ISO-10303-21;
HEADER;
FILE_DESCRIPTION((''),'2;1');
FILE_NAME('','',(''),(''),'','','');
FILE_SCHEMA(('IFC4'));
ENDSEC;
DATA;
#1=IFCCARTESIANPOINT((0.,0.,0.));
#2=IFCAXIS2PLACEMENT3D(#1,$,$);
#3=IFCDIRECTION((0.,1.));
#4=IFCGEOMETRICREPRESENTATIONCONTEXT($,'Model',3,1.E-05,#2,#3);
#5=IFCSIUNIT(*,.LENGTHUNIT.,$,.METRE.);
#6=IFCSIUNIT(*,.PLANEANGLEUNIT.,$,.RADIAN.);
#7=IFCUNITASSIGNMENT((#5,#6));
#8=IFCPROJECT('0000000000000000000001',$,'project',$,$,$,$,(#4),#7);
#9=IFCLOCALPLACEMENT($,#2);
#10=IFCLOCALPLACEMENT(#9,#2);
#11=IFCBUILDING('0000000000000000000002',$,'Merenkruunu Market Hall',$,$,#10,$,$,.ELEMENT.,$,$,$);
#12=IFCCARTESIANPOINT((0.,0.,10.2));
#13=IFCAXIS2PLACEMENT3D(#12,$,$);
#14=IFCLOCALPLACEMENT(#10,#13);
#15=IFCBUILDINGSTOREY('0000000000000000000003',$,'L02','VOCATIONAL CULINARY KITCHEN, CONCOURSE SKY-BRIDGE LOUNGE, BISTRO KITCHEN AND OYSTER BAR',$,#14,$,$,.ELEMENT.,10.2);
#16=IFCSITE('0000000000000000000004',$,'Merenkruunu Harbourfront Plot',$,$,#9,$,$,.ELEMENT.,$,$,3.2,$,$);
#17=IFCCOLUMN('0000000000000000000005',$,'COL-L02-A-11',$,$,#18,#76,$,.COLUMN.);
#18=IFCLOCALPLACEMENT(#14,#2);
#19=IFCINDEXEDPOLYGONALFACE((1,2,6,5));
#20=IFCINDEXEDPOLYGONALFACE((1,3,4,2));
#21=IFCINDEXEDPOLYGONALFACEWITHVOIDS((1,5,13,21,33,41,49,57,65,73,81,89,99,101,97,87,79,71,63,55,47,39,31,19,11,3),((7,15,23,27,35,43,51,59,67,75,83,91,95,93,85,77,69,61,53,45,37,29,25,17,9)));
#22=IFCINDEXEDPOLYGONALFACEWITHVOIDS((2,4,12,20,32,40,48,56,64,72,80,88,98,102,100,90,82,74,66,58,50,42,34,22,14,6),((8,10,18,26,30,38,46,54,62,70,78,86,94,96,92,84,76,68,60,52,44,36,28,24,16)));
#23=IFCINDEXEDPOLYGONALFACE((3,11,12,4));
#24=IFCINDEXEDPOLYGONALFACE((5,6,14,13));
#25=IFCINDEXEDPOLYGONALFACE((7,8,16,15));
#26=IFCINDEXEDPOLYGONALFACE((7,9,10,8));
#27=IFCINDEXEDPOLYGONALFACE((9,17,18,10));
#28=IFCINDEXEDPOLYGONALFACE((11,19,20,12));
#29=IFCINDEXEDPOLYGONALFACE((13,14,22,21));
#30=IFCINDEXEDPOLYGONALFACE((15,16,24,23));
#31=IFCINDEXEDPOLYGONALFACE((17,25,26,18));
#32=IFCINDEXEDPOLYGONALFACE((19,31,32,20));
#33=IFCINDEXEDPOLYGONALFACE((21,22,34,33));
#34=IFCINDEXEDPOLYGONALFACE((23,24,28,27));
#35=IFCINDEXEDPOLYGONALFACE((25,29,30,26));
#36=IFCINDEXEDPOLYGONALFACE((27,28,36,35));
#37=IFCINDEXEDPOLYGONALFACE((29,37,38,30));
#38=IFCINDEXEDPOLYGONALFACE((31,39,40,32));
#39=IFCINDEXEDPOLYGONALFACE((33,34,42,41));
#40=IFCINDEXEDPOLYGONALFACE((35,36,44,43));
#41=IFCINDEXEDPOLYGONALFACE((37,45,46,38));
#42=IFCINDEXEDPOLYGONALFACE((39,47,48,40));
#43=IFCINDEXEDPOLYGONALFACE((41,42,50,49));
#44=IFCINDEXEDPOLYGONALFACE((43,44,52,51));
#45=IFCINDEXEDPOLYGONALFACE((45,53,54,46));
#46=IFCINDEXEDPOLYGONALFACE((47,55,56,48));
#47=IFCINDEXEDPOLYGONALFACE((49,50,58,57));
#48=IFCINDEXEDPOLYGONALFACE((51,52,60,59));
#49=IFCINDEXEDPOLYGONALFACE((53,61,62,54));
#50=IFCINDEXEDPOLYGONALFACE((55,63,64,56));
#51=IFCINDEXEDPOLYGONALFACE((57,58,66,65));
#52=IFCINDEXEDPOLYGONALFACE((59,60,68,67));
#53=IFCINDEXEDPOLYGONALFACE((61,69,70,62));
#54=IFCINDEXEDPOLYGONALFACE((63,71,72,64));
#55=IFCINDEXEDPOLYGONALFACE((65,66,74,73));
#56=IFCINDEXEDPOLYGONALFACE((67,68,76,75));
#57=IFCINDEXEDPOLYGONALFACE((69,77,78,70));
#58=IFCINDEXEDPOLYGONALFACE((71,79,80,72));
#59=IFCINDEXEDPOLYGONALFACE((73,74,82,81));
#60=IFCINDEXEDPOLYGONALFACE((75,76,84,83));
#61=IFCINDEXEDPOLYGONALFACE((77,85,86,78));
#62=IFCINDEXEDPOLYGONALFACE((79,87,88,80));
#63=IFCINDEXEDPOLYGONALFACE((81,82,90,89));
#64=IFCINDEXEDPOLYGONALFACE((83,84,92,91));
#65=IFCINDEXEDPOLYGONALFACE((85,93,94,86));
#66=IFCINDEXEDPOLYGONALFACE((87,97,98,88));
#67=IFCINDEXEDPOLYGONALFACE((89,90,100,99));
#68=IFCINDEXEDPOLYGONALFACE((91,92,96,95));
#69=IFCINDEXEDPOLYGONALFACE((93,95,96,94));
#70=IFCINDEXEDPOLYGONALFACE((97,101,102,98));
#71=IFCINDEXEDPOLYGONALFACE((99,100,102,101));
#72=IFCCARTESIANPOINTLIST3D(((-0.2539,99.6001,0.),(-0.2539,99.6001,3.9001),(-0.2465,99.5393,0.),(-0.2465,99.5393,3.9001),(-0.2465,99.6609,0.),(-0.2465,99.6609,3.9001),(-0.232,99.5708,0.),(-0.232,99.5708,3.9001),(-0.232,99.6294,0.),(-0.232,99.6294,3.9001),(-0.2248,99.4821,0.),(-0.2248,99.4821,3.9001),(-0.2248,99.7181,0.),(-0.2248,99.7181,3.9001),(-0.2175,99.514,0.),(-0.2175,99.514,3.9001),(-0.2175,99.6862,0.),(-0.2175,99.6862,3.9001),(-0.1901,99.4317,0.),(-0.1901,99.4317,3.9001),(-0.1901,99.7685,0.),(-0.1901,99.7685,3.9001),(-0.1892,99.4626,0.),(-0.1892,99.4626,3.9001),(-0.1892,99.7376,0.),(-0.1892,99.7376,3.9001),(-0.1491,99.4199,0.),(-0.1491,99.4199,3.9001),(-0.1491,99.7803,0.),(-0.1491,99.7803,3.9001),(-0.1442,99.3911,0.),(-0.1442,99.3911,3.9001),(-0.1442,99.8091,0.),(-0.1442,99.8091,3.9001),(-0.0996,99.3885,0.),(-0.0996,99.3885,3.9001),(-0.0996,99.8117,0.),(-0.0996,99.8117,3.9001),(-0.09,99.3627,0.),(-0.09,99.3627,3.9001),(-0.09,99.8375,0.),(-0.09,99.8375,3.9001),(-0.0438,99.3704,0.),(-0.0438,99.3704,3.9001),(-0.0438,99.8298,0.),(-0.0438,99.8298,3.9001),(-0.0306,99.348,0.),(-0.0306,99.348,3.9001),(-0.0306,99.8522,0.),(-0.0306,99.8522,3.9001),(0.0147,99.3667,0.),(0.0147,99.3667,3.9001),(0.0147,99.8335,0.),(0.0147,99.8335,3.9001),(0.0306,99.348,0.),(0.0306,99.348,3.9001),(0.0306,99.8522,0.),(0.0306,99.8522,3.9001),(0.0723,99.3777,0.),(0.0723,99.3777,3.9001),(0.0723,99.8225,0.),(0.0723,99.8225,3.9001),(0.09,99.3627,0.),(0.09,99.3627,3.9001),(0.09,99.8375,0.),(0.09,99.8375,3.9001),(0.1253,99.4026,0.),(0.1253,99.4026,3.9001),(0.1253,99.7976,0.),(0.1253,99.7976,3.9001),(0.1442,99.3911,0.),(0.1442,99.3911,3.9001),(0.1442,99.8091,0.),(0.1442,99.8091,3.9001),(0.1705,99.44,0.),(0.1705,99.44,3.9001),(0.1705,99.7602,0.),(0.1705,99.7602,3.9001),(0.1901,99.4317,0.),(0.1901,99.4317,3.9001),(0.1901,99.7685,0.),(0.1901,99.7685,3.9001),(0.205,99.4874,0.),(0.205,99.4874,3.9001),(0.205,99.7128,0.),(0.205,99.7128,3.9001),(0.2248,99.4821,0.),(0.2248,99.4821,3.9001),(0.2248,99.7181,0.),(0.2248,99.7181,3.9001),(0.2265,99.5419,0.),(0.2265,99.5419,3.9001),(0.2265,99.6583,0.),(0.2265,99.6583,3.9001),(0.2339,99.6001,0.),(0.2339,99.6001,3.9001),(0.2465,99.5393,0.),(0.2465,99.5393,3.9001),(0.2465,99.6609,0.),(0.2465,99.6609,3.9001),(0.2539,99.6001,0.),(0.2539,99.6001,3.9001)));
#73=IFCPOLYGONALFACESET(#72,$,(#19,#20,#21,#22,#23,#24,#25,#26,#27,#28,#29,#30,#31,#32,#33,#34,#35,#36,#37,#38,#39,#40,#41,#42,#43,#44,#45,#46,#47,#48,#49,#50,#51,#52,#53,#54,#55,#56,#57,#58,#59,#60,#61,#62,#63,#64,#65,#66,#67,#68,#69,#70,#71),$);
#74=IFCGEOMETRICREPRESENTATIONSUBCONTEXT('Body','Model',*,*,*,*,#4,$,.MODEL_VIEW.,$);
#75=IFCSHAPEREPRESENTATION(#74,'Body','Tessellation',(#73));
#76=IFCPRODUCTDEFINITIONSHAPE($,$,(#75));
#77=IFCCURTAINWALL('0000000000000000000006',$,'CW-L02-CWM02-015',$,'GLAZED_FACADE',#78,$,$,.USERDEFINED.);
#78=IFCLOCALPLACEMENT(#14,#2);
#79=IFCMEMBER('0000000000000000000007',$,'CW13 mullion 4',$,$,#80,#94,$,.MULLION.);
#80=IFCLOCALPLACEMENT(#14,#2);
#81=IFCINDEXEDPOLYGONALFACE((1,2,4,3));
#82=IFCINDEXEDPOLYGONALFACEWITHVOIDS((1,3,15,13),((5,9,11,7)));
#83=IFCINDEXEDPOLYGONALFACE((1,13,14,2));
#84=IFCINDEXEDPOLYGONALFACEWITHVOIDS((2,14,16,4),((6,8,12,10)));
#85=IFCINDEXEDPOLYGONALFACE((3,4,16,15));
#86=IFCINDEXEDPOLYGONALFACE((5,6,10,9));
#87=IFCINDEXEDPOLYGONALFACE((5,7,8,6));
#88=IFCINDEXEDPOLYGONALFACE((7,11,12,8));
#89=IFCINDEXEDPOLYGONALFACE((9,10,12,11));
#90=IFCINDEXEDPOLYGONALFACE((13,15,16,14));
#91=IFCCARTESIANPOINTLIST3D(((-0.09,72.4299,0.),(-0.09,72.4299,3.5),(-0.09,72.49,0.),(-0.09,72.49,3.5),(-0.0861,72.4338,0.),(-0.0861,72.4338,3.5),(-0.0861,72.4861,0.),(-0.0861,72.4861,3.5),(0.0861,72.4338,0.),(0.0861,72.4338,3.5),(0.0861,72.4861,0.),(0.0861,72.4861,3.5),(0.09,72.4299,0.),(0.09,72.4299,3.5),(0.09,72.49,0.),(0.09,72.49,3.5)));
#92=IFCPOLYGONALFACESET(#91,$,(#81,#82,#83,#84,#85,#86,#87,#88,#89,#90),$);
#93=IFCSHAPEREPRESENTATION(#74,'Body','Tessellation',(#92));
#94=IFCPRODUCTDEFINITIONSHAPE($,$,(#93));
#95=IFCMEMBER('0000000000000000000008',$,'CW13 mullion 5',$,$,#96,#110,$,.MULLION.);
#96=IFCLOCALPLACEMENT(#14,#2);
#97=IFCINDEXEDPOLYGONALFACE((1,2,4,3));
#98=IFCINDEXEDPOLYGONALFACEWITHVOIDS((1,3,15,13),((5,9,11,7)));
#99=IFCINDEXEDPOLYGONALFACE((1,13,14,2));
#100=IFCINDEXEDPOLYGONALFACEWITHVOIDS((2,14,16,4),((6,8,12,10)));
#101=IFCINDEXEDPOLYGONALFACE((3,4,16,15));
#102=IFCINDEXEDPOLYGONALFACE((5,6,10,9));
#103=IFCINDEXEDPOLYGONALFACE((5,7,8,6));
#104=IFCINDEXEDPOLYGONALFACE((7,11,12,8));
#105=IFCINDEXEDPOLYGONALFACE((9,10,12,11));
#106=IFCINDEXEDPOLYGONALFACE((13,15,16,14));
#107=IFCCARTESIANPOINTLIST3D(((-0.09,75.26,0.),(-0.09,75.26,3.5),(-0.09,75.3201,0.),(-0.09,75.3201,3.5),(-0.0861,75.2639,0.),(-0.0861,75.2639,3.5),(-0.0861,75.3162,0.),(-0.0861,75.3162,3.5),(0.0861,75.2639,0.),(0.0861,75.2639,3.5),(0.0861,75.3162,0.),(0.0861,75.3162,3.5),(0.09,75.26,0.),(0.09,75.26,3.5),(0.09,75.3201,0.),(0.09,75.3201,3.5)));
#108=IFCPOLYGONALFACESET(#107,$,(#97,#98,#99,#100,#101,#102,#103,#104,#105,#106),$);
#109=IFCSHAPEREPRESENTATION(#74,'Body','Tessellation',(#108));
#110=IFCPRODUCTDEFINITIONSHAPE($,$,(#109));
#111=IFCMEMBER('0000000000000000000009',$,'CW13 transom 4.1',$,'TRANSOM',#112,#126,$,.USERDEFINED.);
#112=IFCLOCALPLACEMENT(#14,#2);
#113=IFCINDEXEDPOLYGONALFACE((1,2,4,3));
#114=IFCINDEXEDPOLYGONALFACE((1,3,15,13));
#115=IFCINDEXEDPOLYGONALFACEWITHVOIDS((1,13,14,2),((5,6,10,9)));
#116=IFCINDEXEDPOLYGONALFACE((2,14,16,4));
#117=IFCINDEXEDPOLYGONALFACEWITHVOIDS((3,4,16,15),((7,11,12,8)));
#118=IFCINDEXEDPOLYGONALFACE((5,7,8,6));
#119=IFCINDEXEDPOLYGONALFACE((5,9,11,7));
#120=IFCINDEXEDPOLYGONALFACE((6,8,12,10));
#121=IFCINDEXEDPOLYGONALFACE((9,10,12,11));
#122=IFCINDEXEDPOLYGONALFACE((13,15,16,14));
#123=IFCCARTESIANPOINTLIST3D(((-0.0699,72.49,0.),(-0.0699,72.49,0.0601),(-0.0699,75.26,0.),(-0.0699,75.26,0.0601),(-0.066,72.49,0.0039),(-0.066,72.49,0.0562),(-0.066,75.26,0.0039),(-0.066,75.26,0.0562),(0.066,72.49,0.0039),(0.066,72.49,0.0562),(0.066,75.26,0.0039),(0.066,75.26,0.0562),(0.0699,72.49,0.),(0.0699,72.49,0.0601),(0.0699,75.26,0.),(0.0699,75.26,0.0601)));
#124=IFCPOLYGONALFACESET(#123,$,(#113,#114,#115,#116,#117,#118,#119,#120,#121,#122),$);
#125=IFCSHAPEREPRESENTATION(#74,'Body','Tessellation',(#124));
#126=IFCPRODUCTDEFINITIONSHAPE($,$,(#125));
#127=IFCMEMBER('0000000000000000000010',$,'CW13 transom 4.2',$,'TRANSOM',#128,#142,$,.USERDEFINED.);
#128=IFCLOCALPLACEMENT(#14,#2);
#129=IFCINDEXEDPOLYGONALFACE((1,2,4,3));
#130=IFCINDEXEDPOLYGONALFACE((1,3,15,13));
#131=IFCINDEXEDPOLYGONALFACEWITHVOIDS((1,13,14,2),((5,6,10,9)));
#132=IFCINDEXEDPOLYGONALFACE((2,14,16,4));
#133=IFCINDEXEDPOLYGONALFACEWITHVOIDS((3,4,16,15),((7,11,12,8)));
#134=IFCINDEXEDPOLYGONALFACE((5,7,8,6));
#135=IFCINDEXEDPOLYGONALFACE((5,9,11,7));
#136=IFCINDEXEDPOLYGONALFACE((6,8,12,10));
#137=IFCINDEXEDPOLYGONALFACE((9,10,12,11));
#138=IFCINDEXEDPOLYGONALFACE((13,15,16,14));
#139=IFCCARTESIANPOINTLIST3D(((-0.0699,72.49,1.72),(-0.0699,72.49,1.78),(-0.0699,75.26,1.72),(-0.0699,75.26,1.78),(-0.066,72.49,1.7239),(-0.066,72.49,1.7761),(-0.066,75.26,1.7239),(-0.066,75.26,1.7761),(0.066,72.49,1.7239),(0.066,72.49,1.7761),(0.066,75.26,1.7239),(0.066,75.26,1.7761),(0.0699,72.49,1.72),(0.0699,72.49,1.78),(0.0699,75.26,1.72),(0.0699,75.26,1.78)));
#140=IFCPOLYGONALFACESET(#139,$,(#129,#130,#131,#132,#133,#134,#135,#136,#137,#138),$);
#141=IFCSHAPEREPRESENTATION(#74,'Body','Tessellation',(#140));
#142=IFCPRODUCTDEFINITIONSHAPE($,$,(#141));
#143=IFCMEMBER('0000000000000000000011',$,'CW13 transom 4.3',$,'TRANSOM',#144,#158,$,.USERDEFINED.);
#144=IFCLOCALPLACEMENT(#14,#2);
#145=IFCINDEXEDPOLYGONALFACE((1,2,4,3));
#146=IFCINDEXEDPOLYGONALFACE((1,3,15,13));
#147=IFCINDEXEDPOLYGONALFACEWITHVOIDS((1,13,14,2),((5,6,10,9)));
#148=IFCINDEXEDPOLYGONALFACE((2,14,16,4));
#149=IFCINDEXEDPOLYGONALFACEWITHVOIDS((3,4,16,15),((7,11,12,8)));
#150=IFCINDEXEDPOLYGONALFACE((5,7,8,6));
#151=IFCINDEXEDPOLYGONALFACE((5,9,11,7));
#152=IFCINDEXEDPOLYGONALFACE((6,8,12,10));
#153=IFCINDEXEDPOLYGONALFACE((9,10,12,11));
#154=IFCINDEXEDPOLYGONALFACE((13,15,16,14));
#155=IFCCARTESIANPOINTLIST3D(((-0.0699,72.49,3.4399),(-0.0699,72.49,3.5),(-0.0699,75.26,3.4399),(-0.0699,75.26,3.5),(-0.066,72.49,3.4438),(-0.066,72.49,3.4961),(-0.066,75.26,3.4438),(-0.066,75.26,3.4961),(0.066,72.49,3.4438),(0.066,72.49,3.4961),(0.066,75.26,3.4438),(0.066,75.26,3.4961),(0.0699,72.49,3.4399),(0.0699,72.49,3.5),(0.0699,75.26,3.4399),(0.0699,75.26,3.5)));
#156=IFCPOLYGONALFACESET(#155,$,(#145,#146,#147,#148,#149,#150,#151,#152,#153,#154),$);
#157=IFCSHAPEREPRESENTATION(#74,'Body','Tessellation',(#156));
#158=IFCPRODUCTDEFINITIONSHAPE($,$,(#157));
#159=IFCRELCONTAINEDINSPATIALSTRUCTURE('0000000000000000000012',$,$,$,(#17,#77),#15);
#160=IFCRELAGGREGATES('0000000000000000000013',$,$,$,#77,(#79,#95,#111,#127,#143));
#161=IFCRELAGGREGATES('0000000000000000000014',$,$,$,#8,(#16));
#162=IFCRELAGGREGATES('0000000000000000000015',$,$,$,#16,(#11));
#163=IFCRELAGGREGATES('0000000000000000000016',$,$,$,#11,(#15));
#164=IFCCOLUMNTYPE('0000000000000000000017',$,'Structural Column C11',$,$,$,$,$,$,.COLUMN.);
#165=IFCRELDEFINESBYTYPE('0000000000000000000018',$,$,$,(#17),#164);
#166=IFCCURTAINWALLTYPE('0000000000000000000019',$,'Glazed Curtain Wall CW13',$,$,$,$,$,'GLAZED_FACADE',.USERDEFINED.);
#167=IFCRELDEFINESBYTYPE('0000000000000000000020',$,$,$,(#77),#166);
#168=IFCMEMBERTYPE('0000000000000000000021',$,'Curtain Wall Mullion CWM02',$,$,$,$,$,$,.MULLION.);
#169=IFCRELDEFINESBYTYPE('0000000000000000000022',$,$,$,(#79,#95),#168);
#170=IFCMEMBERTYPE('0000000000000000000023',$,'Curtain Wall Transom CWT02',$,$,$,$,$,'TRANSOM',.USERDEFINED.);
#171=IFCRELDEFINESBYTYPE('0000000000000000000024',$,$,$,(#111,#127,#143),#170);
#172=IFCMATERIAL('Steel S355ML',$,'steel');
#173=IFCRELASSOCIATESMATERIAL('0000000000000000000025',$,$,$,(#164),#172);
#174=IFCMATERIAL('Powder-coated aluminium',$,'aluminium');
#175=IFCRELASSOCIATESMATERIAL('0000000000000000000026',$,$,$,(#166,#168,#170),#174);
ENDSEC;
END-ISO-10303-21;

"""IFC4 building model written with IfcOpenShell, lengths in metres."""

from ifc_helpers import new_model, si_unit, direction, frame, origin, origin_2d, place, context, subcontext, project, spatial, hollow_rectangle, hollow_circle, extrude, material, material_profile, profile_set, type_object, element, aggregate, save


model = new_model("IFC4")

# Units and contexts
model_context = context("Model", 3, precision=1e-05, world=origin(), true_north=direction((0.0, 1.0)))
body_context = subcontext(model_context, "Body", "Model", "MODEL_VIEW")
ifc_project = project(units=[si_unit("LENGTHUNIT", "METRE"), si_unit("PLANEANGLEUNIT", "RADIAN")], contexts=[model_context])

# Site, building, storey
site_placement = place(None, origin())
site = spatial("IfcSite", under=ifc_project, at=site_placement, Name="Merenkruunu Harbourfront Plot", CompositionType="ELEMENT", RefElevation=3.2)
building_placement = place(site_placement, origin())
building = spatial("IfcBuilding", under=site, at=building_placement, Name="Merenkruunu Market Hall", CompositionType="ELEMENT")
storey_placement = place(building_placement, frame((0.0, 0.0, 10.2)))
storey = spatial("IfcBuildingStorey", under=building, at=storey_placement, Name="L02", Description="VOCATIONAL CULINARY KITCHEN, CONCOURSE SKY-BRIDGE LOUNGE, BISTRO KITCHEN AND OYSTER BAR", CompositionType="ELEMENT", Elevation=10.2)

# Column
ifc_material_1 = material(Name="Steel S355ML", Category="steel")
ifc_material_profile_1 = material_profile(ifc_material_1, hollow_circle(Radius=0.2539, WallThickness=0.02, at=origin_2d()), Name="CHS 508x20")
ifc_profile_set_1 = profile_set([ifc_material_profile_1], Name="Steel S355ML")
column_type_1 = type_object("IfcColumnType", Name="Structural Column C11", PredefinedType="COLUMN", material=ifc_profile_set_1)
for number, where, z_axis, x_axis, name in (
    (1, (0.0, 99.6001, 0.0), (0.0, 0.0, 1.0), (1.0, 0.0, 0.0), "COL-L02-A-11"),
):
    element("IfcColumn", number, at=place(storey_placement, frame(where, z_axis=z_axis, x_axis=x_axis)), inside=storey, type_object=column_type_1, Name=name, PredefinedType="COLUMN", context=body_context, shape_type="SweptSolid", body=[
        extrude(hollow_circle(Radius=0.2539, WallThickness=0.02, at=origin_2d()), origin(), (0.0, 0.0, 1.0), 3.9001),
    ])

# Curtain wall, members
ifc_material_2 = material(Name="Powder-coated aluminium", Category="aluminium")
curtain_wall_type = type_object("IfcCurtainWallType", Name="Glazed Curtain Wall CW13", ElementType="GLAZED_FACADE", PredefinedType="USERDEFINED", material=ifc_material_2)
curtain_wall_placement = place(storey_placement, origin())
curtain_wall = element("IfcCurtainWall", 2, at=curtain_wall_placement, inside=storey, type_object=curtain_wall_type, Name="CW-L02-CWM02-015", ObjectType="GLAZED_FACADE", PredefinedType="USERDEFINED")
ifc_material_profile_2 = material_profile(ifc_material_2, hollow_rectangle(XDim=0.0601, YDim=0.1799, WallThickness=0.0039, at=origin_2d()), Name="ALU 60x180x4")
ifc_profile_set_2 = profile_set([ifc_material_profile_2], Name="Powder-coated aluminium")
member_type_1 = type_object("IfcMemberType", Name="Curtain Wall Mullion CWM02", PredefinedType="MULLION", material=ifc_profile_set_2)
member_1_placement = place(storey_placement, frame((0.0, 72.46, 0.0), z_axis=(0.0, 0.0, 1.0), x_axis=(0.0, 1.0, 0.0)))
member_1 = element("IfcMember", 3, at=member_1_placement, type_object=member_type_1, Name="CW13 mullion 4", PredefinedType="MULLION", context=body_context, shape_type="SweptSolid", body=[
    extrude(hollow_rectangle(XDim=0.0601, YDim=0.1799, WallThickness=0.0039, at=origin_2d()), origin(), (0.0, 0.0, 1.0), 3.5),
])
member_2_placement = place(storey_placement, frame((0.0, 75.29, 0.0), z_axis=(0.0, 0.0, 1.0), x_axis=(0.0, 1.0, 0.0)))
member_2 = element("IfcMember", 4, at=member_2_placement, type_object=member_type_1, Name="CW13 mullion 5", PredefinedType="MULLION", context=body_context, shape_type="SweptSolid", body=[
    extrude(hollow_rectangle(XDim=0.0601, YDim=0.1799, WallThickness=0.0039, at=origin_2d()), origin(), (0.0, 0.0, 1.0), 3.5),
])
ifc_material_profile_3 = material_profile(ifc_material_2, hollow_rectangle(XDim=0.0601, YDim=0.1399, WallThickness=0.0039, at=origin_2d()), Name="ALU 60x140x4")
ifc_profile_set_3 = profile_set([ifc_material_profile_3], Name="Powder-coated aluminium")
member_type_2 = type_object("IfcMemberType", Name="Curtain Wall Transom CWT02", ElementType="TRANSOM", PredefinedType="USERDEFINED", material=ifc_profile_set_3)
member_3_placement = place(storey_placement, frame((0.0, 72.49, 0.03), z_axis=(0.0, 1.0, 0.0), x_axis=(0.0, 0.0, 1.0)))
member_3 = element("IfcMember", 5, at=member_3_placement, type_object=member_type_2, Name="CW13 transom 4.1", ObjectType="TRANSOM", PredefinedType="USERDEFINED", context=body_context, shape_type="SweptSolid", body=[
    extrude(hollow_rectangle(XDim=0.0601, YDim=0.1399, WallThickness=0.0039, at=origin_2d()), origin(), (0.0, 0.0, 1.0), 2.77),
])
member_4_placement = place(storey_placement, frame((0.0, 72.49, 1.75), z_axis=(0.0, 1.0, 0.0), x_axis=(0.0, 0.0, 1.0)))
member_4 = element("IfcMember", 6, at=member_4_placement, type_object=member_type_2, Name="CW13 transom 4.2", ObjectType="TRANSOM", PredefinedType="USERDEFINED", context=body_context, shape_type="SweptSolid", body=[
    extrude(hollow_rectangle(XDim=0.0601, YDim=0.1399, WallThickness=0.0039, at=origin_2d()), origin(), (0.0, 0.0, 1.0), 2.77),
])
member_5_placement = place(storey_placement, frame((0.0, 72.49, 3.47), z_axis=(0.0, 1.0, 0.0), x_axis=(0.0, 0.0, 1.0)))
member_5 = element("IfcMember", 7, at=member_5_placement, type_object=member_type_2, Name="CW13 transom 4.3", ObjectType="TRANSOM", PredefinedType="USERDEFINED", context=body_context, shape_type="SweptSolid", body=[
    extrude(hollow_rectangle(XDim=0.0601, YDim=0.1399, WallThickness=0.0039, at=origin_2d()), origin(), (0.0, 0.0, 1.0), 2.77),
])

aggregate(curtain_wall, [member_1, member_2, member_3, member_4, member_5])

save(model, "model.ifc")
